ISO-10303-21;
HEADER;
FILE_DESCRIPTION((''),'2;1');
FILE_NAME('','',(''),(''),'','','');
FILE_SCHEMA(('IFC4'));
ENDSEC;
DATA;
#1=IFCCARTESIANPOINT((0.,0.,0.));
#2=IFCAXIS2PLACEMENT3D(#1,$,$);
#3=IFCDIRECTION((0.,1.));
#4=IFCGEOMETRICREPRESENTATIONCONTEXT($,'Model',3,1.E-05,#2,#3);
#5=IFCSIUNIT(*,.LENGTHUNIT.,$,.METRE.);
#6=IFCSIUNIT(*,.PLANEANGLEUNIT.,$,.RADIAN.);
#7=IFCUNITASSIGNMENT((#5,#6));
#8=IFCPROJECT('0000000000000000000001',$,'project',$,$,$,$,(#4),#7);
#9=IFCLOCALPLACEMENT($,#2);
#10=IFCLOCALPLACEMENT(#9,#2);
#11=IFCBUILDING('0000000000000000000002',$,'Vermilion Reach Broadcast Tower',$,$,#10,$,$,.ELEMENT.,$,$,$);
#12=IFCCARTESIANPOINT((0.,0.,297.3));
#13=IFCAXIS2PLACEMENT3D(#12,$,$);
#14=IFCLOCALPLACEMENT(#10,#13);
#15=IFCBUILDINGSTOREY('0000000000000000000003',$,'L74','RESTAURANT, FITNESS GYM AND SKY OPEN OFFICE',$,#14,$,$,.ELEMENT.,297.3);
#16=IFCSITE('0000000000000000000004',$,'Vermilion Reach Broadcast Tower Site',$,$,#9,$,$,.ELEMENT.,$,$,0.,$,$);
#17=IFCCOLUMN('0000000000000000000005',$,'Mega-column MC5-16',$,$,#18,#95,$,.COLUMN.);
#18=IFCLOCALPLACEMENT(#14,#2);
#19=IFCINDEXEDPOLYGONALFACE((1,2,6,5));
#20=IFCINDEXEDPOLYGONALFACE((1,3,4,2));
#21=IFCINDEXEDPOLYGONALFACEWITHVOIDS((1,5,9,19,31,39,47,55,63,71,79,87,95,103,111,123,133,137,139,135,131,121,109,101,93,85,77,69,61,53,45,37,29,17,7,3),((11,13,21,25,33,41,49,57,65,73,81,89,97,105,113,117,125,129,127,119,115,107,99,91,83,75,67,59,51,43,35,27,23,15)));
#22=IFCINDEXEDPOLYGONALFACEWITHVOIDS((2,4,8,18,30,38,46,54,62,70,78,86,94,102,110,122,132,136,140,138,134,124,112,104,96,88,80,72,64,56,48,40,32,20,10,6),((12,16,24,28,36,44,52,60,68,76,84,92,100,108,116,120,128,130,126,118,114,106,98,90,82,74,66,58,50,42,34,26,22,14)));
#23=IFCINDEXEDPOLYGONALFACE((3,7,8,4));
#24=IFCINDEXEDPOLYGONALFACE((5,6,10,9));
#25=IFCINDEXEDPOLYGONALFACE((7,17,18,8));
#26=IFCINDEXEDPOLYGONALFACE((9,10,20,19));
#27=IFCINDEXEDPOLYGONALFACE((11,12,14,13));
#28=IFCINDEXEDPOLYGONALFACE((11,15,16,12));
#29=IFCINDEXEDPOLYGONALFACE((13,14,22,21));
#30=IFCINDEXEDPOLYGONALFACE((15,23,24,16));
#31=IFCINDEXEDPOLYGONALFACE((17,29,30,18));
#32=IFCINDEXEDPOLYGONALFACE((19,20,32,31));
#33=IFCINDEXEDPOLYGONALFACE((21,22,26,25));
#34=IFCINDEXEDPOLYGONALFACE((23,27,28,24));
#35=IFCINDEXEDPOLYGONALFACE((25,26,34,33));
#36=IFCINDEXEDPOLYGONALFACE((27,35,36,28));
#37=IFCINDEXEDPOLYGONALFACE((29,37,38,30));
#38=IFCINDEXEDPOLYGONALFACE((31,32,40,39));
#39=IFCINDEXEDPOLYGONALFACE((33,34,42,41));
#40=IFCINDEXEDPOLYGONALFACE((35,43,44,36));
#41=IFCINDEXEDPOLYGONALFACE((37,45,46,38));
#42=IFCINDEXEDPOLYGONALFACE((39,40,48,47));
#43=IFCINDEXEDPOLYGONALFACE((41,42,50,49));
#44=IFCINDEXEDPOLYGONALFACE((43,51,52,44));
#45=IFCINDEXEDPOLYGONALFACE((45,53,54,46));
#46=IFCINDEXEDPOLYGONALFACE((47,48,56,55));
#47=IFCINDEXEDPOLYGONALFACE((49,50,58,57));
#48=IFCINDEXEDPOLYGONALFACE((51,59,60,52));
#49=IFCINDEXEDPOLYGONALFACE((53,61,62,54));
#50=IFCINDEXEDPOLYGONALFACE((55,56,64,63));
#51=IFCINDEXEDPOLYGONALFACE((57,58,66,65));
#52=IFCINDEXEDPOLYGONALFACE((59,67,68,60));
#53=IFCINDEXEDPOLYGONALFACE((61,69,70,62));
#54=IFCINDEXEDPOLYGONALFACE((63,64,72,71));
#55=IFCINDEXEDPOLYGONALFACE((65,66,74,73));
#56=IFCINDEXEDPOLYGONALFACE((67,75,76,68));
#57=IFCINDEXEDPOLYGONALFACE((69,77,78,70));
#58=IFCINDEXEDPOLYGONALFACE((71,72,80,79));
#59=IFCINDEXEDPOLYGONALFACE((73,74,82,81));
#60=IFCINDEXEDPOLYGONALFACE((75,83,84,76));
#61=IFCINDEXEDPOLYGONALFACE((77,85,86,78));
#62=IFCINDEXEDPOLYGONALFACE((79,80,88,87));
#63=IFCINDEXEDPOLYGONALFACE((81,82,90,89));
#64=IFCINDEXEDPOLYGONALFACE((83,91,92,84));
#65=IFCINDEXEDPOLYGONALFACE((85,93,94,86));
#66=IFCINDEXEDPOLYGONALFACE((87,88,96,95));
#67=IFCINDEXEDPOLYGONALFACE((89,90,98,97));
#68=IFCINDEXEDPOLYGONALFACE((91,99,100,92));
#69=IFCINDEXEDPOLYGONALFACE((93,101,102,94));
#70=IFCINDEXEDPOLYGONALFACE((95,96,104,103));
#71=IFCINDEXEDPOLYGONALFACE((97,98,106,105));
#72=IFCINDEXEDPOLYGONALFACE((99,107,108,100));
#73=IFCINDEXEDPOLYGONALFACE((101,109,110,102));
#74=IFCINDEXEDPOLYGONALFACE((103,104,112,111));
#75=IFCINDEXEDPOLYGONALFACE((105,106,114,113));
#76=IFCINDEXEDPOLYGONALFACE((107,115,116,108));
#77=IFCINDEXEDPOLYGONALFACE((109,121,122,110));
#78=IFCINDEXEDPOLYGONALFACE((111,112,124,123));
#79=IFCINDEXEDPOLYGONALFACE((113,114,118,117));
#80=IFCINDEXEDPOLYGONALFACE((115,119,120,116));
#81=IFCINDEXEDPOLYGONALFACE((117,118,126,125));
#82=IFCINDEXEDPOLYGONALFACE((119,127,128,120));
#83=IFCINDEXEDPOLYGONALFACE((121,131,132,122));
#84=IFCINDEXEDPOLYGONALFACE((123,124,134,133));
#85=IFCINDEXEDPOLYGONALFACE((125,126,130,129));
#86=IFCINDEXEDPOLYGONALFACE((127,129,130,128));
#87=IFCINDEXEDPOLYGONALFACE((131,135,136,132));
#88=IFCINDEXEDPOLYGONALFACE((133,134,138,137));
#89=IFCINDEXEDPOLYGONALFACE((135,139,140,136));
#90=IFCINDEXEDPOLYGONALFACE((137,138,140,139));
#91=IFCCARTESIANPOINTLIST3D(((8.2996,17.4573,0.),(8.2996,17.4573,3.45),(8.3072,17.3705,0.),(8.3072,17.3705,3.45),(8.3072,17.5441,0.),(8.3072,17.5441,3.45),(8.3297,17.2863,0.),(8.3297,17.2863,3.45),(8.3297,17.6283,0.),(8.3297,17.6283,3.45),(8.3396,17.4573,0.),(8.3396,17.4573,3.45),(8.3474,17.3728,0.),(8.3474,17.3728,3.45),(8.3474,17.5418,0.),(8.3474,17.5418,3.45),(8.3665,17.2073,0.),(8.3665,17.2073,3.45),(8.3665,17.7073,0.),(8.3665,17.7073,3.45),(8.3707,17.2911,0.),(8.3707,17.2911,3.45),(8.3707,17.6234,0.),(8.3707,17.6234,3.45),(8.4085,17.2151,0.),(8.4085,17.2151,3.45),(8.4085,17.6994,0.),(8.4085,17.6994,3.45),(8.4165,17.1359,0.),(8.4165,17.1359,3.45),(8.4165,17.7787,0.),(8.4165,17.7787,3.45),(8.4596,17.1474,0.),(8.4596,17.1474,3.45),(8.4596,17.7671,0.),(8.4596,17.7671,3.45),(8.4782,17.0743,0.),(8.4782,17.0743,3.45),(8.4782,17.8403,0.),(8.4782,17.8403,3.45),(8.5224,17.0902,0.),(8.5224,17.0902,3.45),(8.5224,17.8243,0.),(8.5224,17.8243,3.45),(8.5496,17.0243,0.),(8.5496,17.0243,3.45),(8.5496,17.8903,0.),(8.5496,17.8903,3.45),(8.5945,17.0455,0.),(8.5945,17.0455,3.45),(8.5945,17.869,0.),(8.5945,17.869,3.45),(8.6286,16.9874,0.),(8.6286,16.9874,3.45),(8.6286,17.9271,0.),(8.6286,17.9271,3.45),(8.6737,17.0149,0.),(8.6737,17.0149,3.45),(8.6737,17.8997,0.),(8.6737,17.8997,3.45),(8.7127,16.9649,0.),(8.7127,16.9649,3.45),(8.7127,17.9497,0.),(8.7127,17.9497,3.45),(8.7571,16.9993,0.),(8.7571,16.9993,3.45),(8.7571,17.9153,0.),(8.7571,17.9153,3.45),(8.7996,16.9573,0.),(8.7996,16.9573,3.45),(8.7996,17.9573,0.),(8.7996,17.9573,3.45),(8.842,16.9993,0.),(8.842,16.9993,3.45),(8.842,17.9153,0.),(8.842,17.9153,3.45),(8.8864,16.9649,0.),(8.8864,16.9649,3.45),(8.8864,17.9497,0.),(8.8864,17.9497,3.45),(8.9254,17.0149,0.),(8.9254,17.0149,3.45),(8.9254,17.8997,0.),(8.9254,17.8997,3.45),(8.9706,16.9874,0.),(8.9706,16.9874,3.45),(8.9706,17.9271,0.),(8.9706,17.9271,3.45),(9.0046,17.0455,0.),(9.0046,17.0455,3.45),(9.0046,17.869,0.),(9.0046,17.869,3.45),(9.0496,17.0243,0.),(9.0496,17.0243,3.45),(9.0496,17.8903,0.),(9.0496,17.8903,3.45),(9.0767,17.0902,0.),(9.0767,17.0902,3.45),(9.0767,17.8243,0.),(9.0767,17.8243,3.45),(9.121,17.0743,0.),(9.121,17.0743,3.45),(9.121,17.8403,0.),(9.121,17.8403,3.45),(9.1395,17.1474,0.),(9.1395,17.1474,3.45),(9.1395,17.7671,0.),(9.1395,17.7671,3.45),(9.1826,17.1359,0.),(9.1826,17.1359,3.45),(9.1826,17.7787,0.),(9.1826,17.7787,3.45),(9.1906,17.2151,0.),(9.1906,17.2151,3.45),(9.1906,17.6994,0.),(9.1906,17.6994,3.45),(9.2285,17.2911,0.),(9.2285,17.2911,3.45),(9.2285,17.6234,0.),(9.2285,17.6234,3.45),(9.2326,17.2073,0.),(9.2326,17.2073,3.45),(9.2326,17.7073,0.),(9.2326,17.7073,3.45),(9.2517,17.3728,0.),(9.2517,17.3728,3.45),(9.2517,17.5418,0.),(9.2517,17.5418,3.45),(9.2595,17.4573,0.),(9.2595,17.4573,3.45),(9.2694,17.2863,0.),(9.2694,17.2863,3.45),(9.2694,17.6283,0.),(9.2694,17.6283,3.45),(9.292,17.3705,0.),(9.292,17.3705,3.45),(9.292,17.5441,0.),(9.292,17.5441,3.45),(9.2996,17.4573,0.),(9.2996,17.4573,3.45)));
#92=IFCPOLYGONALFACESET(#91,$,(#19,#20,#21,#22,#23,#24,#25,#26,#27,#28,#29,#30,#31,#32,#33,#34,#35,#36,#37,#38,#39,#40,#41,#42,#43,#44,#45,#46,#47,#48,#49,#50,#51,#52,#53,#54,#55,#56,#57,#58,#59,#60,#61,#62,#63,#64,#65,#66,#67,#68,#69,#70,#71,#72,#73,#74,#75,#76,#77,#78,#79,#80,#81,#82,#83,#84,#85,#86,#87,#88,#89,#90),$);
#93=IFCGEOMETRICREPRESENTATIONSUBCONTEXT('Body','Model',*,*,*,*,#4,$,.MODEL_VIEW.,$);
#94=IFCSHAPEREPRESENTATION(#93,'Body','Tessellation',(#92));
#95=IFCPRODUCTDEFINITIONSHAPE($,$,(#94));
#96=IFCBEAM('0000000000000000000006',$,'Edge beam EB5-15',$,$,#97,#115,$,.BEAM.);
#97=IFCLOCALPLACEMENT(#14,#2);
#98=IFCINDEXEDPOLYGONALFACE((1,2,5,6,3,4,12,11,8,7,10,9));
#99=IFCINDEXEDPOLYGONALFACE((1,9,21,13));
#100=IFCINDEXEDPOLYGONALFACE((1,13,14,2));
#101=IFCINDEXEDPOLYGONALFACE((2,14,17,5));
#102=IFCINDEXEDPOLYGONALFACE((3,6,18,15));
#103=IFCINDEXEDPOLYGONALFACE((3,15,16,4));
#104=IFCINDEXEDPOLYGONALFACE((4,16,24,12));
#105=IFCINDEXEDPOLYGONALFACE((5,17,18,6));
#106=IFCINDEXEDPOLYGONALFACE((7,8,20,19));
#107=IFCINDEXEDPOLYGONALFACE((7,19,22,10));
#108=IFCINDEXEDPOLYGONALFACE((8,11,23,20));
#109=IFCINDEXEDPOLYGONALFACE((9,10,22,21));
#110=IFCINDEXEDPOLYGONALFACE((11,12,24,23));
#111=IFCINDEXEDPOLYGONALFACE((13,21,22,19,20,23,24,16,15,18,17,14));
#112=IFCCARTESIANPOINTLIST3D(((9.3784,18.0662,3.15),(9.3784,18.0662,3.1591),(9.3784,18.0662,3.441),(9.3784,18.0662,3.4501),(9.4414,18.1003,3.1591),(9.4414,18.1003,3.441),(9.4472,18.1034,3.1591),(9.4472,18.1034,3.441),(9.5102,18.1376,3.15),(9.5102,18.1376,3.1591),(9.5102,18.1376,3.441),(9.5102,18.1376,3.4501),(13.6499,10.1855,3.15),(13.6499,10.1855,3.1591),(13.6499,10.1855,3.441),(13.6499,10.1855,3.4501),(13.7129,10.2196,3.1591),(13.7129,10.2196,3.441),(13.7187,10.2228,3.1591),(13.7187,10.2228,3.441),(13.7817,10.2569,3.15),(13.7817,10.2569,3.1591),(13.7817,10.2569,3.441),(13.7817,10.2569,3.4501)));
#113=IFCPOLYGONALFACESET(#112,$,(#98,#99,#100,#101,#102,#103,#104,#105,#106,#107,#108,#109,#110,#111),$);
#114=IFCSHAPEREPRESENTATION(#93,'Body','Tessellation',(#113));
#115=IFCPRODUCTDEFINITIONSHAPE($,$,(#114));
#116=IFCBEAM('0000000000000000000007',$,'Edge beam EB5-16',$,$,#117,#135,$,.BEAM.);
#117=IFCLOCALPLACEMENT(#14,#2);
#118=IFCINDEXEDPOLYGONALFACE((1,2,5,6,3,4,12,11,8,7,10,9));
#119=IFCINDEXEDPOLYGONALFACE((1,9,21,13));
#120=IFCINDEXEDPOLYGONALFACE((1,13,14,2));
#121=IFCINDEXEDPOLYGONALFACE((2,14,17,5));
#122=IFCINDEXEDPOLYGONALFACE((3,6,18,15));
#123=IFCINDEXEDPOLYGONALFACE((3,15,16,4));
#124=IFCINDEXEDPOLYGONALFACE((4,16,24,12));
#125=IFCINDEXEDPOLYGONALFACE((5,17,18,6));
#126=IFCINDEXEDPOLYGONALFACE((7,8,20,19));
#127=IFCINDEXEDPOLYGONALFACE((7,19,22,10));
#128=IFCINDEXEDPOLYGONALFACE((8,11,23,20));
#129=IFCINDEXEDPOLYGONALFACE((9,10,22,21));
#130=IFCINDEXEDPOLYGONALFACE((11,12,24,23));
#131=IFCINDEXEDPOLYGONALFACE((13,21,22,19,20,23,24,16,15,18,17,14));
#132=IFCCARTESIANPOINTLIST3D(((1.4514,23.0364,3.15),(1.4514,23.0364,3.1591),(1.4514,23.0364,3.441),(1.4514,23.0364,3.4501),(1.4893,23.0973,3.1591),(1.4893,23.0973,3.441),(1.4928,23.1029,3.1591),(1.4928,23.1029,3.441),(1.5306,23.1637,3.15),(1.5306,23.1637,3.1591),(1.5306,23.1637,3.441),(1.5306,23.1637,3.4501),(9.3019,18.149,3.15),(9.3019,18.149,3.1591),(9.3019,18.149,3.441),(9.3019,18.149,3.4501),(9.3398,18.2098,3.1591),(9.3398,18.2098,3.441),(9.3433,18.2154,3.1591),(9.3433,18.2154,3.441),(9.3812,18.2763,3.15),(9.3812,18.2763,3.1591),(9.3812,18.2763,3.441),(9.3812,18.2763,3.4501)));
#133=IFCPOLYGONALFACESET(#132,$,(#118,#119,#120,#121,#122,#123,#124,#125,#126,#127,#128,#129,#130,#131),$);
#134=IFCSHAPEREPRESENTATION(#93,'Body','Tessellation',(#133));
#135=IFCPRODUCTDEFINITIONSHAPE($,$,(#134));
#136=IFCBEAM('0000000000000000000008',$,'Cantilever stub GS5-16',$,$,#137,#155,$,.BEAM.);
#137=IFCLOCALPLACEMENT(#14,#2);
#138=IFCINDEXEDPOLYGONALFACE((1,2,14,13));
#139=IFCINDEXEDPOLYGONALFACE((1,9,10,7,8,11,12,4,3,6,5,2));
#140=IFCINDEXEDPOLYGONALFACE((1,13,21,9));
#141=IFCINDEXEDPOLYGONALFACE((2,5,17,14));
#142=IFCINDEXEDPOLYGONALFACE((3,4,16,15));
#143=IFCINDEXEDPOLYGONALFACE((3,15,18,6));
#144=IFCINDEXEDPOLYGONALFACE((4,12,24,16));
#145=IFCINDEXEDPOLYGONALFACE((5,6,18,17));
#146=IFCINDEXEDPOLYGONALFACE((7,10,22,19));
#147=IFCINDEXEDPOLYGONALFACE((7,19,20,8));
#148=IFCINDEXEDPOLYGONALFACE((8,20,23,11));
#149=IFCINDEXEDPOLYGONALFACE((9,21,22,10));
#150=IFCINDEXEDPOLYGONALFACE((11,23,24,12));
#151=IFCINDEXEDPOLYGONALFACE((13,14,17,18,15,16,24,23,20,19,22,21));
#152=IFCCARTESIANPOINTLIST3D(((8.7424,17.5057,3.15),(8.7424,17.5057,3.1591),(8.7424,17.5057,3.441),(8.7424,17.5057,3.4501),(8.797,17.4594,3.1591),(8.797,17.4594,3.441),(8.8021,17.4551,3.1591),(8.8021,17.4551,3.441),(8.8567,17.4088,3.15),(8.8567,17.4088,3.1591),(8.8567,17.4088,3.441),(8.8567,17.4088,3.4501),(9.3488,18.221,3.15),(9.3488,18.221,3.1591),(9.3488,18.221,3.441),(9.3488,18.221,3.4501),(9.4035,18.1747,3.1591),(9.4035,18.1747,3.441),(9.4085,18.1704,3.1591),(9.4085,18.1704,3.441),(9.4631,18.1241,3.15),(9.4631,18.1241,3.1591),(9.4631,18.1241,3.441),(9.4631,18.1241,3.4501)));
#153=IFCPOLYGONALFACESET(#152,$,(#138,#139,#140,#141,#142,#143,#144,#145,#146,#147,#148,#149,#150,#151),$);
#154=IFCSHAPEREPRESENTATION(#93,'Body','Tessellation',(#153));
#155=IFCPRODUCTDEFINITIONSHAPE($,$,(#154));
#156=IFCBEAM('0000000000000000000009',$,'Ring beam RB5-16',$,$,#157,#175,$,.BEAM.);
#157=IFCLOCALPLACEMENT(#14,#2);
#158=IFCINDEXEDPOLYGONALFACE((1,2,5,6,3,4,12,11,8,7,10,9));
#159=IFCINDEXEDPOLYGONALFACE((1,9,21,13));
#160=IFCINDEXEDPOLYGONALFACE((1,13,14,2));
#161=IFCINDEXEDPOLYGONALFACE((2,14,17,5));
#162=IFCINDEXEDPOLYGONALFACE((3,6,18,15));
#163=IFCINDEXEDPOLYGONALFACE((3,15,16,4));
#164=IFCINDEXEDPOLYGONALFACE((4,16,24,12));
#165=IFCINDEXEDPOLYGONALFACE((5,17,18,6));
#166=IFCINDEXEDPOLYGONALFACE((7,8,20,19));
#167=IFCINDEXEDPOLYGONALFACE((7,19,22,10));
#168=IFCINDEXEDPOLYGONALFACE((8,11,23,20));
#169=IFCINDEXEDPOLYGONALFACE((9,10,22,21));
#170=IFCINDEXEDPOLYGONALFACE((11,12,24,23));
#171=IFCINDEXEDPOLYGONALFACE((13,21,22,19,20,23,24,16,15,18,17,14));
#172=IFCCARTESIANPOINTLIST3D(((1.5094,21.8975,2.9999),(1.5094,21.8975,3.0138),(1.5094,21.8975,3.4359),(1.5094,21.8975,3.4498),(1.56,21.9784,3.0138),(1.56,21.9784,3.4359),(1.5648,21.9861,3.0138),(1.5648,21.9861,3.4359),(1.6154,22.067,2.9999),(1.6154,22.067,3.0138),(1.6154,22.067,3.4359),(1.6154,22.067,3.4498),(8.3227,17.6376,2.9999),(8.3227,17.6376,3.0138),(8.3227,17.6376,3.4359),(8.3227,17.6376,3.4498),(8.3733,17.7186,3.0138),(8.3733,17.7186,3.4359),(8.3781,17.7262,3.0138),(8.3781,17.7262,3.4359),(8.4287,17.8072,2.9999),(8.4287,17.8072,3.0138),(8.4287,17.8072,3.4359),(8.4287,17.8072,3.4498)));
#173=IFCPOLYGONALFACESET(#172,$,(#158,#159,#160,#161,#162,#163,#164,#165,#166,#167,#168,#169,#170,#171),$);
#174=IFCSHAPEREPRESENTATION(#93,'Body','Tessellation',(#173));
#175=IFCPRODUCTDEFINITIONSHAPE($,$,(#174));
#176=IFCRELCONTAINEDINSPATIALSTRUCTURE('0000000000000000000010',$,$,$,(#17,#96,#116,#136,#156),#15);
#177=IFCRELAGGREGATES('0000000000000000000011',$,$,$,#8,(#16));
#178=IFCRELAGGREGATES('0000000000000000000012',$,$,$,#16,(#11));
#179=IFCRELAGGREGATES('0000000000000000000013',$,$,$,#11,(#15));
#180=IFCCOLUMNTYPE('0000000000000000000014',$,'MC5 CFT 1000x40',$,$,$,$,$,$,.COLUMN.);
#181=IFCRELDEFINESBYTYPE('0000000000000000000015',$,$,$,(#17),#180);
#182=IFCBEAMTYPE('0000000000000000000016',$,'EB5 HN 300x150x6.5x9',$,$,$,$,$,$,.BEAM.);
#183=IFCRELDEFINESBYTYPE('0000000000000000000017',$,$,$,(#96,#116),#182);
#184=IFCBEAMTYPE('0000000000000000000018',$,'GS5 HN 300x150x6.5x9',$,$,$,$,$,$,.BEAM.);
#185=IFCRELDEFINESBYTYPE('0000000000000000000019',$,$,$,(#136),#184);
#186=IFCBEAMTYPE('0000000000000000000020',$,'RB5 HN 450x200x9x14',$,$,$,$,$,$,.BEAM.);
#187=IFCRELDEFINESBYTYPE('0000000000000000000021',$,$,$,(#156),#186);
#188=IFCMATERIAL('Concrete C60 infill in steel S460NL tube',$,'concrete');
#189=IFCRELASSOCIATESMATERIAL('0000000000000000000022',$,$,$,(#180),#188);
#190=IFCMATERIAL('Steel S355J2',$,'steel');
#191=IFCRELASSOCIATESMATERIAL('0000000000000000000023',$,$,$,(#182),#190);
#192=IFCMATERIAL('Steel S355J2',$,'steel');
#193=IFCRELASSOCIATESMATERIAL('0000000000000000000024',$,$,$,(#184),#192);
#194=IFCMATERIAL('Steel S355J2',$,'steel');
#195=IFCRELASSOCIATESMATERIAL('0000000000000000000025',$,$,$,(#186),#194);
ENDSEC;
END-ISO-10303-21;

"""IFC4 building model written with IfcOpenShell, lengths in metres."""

from ifc_helpers import new_model, si_unit, direction, frame, origin, origin_2d, place, context, subcontext, project, spatial, hollow_circle, i_section, extrude, material, material_profile, profile_set, type_object, element, save


model = new_model("IFC4")

# Units and contexts
model_context = context("Model", 3, precision=1e-05, world=origin(), true_north=direction((0.0, 1.0)))
body_context = subcontext(model_context, "Body", "Model", "MODEL_VIEW")
ifc_project = project(units=[si_unit("LENGTHUNIT", "METRE"), si_unit("PLANEANGLEUNIT", "RADIAN")], contexts=[model_context])

# Site, building, storey
site_placement = place(None, origin())
site = spatial("IfcSite", under=ifc_project, at=site_placement, Name="Vermilion Reach Broadcast Tower Site", CompositionType="ELEMENT", RefElevation=0.0)
building_placement = place(site_placement, origin())
building = spatial("IfcBuilding", under=site, at=building_placement, Name="Vermilion Reach Broadcast Tower", CompositionType="ELEMENT")
storey_placement = place(building_placement, frame((0.0, 0.0, 297.3)))
storey = spatial("IfcBuildingStorey", under=building, at=storey_placement, Name="L74", Description="RESTAURANT, FITNESS GYM AND SKY OPEN OFFICE", CompositionType="ELEMENT", Elevation=297.3)

# Column
ifc_material_1 = material(Name="Concrete C60 infill in steel S460NL tube", Category="concrete")
ifc_material_profile_1 = material_profile(ifc_material_1, hollow_circle(Radius=0.5, WallThickness=0.04, at=origin_2d()), Name="Concrete C60 infill in steel S460NL tube CFT 1000x40")
ifc_profile_set_1 = profile_set([ifc_material_profile_1], Name="Concrete C60 infill in steel S460NL tube")
column_type = type_object("IfcColumnType", Name="MC5 CFT 1000x40", PredefinedType="COLUMN", material=ifc_profile_set_1)
column_placement = place(storey_placement, frame((8.7996, 17.4573, 0.0), z_axis=(0.0, 0.0, 1.0), x_axis=(1.0, 0.0, 0.0)))
element("IfcColumn", 1, at=column_placement, inside=storey, type_object=column_type, Name="Mega-column MC5-16", PredefinedType="COLUMN", context=body_context, shape_type="SweptSolid", body=[
    extrude(hollow_circle(Radius=0.5, WallThickness=0.04, at=origin_2d()), origin(), (0.0, 0.0, 1.0), 3.45),
])

# Beams
ifc_material_2 = material(Name="Steel S355J2", Category="steel")
ifc_material_profile_2 = material_profile(ifc_material_2, i_section(OverallWidth=0.1499, OverallDepth=0.3, WebThickness=0.0066, FlangeThickness=0.009, at=origin_2d()), Name="S355J2 HN 300x150x6.5x9")
ifc_profile_set_2 = profile_set([ifc_material_profile_2], Name="Steel S355J2")
beam_type_1 = type_object("IfcBeamType", Name="EB5 HN 300x150x6.5x9", PredefinedType="BEAM", material=ifc_profile_set_2)
beam_1_placement = place(storey_placement, frame((13.7158, 10.2212, 3.3), z_axis=(-0.476526, 0.87916, 0.0), x_axis=(-0.87916, -0.476526, 0.0)))
element("IfcBeam", 2, at=beam_1_placement, inside=storey, type_object=beam_type_1, Name="Edge beam EB5-15", PredefinedType="BEAM", context=body_context, shape_type="SweptSolid", body=[
    extrude(i_section(OverallWidth=0.1499, OverallDepth=0.3, WebThickness=0.0066, FlangeThickness=0.009, at=origin_2d()), origin(), (0.0, 0.0, 1.0), 8.9639),
])
beam_2_placement = place(storey_placement, frame((9.3416, 18.2126, 3.3), z_axis=(-0.848928, 0.528508, 0.0), x_axis=(-0.528508, -0.848928, 0.0)))
element("IfcBeam", 3, at=beam_2_placement, inside=storey, type_object=beam_type_1, Name="Edge beam EB5-16", PredefinedType="BEAM", context=body_context, shape_type="SweptSolid", body=[
    extrude(i_section(OverallWidth=0.1499, OverallDepth=0.3, WebThickness=0.0066, FlangeThickness=0.009, at=origin_2d()), origin(), (0.0, 0.0, 1.0), 9.2476),
])
ifc_material_3 = material(Name="Steel S355J2", Category="steel")
ifc_material_profile_3 = material_profile(ifc_material_3, i_section(OverallWidth=0.1499, OverallDepth=0.3, WebThickness=0.0066, FlangeThickness=0.009, at=origin_2d()), Name="S355J2 HN 300x150x6.5x9")
ifc_profile_set_3 = profile_set([ifc_material_profile_3], Name="Steel S355J2")
beam_type_2 = type_object("IfcBeamType", Name="GS5 HN 300x150x6.5x9", PredefinedType="BEAM", material=ifc_profile_set_3)
beam_3_placement = place(storey_placement, frame((8.7996, 17.4573, 3.3), z_axis=(0.646665, 0.762774, 0.0), x_axis=(-0.762774, 0.646665, 0.0)))
element("IfcBeam", 4, at=beam_3_placement, inside=storey, type_object=beam_type_2, Name="Cantilever stub GS5-16", PredefinedType="BEAM", context=body_context, shape_type="SweptSolid", body=[
    extrude(i_section(OverallWidth=0.1499, OverallDepth=0.3, WebThickness=0.0066, FlangeThickness=0.009, at=origin_2d()), origin(), (0.0, 0.0, 1.0), 0.9377),
])
ifc_material_4 = material(Name="Steel S355J2", Category="steel")
ifc_material_profile_4 = material_profile(ifc_material_4, i_section(OverallWidth=0.2, OverallDepth=0.45, WebThickness=0.009, FlangeThickness=0.0139, at=origin_2d()), Name="S355J2 HN 450x200x9x14")
ifc_profile_set_4 = profile_set([ifc_material_profile_4], Name="Steel S355J2")
beam_type_3 = type_object("IfcBeamType", Name="RB5 HN 450x200x9x14", PredefinedType="BEAM", material=ifc_profile_set_4)
beam_4_placement = place(storey_placement, frame((8.3757, 17.7224, 3.2249), z_axis=(-0.847915, 0.530133, 0.0), x_axis=(-0.530133, -0.847915, 0.0)))
element("IfcBeam", 5, at=beam_4_placement, inside=storey, type_object=beam_type_3, Name="Ring beam RB5-16", PredefinedType="BEAM", context=body_context, shape_type="SweptSolid", body=[
    extrude(i_section(OverallWidth=0.2, OverallDepth=0.45, WebThickness=0.009, FlangeThickness=0.0139, at=origin_2d()), origin(), (0.0, 0.0, 1.0), 8.0354),
])

save(model, "model.ifc")
